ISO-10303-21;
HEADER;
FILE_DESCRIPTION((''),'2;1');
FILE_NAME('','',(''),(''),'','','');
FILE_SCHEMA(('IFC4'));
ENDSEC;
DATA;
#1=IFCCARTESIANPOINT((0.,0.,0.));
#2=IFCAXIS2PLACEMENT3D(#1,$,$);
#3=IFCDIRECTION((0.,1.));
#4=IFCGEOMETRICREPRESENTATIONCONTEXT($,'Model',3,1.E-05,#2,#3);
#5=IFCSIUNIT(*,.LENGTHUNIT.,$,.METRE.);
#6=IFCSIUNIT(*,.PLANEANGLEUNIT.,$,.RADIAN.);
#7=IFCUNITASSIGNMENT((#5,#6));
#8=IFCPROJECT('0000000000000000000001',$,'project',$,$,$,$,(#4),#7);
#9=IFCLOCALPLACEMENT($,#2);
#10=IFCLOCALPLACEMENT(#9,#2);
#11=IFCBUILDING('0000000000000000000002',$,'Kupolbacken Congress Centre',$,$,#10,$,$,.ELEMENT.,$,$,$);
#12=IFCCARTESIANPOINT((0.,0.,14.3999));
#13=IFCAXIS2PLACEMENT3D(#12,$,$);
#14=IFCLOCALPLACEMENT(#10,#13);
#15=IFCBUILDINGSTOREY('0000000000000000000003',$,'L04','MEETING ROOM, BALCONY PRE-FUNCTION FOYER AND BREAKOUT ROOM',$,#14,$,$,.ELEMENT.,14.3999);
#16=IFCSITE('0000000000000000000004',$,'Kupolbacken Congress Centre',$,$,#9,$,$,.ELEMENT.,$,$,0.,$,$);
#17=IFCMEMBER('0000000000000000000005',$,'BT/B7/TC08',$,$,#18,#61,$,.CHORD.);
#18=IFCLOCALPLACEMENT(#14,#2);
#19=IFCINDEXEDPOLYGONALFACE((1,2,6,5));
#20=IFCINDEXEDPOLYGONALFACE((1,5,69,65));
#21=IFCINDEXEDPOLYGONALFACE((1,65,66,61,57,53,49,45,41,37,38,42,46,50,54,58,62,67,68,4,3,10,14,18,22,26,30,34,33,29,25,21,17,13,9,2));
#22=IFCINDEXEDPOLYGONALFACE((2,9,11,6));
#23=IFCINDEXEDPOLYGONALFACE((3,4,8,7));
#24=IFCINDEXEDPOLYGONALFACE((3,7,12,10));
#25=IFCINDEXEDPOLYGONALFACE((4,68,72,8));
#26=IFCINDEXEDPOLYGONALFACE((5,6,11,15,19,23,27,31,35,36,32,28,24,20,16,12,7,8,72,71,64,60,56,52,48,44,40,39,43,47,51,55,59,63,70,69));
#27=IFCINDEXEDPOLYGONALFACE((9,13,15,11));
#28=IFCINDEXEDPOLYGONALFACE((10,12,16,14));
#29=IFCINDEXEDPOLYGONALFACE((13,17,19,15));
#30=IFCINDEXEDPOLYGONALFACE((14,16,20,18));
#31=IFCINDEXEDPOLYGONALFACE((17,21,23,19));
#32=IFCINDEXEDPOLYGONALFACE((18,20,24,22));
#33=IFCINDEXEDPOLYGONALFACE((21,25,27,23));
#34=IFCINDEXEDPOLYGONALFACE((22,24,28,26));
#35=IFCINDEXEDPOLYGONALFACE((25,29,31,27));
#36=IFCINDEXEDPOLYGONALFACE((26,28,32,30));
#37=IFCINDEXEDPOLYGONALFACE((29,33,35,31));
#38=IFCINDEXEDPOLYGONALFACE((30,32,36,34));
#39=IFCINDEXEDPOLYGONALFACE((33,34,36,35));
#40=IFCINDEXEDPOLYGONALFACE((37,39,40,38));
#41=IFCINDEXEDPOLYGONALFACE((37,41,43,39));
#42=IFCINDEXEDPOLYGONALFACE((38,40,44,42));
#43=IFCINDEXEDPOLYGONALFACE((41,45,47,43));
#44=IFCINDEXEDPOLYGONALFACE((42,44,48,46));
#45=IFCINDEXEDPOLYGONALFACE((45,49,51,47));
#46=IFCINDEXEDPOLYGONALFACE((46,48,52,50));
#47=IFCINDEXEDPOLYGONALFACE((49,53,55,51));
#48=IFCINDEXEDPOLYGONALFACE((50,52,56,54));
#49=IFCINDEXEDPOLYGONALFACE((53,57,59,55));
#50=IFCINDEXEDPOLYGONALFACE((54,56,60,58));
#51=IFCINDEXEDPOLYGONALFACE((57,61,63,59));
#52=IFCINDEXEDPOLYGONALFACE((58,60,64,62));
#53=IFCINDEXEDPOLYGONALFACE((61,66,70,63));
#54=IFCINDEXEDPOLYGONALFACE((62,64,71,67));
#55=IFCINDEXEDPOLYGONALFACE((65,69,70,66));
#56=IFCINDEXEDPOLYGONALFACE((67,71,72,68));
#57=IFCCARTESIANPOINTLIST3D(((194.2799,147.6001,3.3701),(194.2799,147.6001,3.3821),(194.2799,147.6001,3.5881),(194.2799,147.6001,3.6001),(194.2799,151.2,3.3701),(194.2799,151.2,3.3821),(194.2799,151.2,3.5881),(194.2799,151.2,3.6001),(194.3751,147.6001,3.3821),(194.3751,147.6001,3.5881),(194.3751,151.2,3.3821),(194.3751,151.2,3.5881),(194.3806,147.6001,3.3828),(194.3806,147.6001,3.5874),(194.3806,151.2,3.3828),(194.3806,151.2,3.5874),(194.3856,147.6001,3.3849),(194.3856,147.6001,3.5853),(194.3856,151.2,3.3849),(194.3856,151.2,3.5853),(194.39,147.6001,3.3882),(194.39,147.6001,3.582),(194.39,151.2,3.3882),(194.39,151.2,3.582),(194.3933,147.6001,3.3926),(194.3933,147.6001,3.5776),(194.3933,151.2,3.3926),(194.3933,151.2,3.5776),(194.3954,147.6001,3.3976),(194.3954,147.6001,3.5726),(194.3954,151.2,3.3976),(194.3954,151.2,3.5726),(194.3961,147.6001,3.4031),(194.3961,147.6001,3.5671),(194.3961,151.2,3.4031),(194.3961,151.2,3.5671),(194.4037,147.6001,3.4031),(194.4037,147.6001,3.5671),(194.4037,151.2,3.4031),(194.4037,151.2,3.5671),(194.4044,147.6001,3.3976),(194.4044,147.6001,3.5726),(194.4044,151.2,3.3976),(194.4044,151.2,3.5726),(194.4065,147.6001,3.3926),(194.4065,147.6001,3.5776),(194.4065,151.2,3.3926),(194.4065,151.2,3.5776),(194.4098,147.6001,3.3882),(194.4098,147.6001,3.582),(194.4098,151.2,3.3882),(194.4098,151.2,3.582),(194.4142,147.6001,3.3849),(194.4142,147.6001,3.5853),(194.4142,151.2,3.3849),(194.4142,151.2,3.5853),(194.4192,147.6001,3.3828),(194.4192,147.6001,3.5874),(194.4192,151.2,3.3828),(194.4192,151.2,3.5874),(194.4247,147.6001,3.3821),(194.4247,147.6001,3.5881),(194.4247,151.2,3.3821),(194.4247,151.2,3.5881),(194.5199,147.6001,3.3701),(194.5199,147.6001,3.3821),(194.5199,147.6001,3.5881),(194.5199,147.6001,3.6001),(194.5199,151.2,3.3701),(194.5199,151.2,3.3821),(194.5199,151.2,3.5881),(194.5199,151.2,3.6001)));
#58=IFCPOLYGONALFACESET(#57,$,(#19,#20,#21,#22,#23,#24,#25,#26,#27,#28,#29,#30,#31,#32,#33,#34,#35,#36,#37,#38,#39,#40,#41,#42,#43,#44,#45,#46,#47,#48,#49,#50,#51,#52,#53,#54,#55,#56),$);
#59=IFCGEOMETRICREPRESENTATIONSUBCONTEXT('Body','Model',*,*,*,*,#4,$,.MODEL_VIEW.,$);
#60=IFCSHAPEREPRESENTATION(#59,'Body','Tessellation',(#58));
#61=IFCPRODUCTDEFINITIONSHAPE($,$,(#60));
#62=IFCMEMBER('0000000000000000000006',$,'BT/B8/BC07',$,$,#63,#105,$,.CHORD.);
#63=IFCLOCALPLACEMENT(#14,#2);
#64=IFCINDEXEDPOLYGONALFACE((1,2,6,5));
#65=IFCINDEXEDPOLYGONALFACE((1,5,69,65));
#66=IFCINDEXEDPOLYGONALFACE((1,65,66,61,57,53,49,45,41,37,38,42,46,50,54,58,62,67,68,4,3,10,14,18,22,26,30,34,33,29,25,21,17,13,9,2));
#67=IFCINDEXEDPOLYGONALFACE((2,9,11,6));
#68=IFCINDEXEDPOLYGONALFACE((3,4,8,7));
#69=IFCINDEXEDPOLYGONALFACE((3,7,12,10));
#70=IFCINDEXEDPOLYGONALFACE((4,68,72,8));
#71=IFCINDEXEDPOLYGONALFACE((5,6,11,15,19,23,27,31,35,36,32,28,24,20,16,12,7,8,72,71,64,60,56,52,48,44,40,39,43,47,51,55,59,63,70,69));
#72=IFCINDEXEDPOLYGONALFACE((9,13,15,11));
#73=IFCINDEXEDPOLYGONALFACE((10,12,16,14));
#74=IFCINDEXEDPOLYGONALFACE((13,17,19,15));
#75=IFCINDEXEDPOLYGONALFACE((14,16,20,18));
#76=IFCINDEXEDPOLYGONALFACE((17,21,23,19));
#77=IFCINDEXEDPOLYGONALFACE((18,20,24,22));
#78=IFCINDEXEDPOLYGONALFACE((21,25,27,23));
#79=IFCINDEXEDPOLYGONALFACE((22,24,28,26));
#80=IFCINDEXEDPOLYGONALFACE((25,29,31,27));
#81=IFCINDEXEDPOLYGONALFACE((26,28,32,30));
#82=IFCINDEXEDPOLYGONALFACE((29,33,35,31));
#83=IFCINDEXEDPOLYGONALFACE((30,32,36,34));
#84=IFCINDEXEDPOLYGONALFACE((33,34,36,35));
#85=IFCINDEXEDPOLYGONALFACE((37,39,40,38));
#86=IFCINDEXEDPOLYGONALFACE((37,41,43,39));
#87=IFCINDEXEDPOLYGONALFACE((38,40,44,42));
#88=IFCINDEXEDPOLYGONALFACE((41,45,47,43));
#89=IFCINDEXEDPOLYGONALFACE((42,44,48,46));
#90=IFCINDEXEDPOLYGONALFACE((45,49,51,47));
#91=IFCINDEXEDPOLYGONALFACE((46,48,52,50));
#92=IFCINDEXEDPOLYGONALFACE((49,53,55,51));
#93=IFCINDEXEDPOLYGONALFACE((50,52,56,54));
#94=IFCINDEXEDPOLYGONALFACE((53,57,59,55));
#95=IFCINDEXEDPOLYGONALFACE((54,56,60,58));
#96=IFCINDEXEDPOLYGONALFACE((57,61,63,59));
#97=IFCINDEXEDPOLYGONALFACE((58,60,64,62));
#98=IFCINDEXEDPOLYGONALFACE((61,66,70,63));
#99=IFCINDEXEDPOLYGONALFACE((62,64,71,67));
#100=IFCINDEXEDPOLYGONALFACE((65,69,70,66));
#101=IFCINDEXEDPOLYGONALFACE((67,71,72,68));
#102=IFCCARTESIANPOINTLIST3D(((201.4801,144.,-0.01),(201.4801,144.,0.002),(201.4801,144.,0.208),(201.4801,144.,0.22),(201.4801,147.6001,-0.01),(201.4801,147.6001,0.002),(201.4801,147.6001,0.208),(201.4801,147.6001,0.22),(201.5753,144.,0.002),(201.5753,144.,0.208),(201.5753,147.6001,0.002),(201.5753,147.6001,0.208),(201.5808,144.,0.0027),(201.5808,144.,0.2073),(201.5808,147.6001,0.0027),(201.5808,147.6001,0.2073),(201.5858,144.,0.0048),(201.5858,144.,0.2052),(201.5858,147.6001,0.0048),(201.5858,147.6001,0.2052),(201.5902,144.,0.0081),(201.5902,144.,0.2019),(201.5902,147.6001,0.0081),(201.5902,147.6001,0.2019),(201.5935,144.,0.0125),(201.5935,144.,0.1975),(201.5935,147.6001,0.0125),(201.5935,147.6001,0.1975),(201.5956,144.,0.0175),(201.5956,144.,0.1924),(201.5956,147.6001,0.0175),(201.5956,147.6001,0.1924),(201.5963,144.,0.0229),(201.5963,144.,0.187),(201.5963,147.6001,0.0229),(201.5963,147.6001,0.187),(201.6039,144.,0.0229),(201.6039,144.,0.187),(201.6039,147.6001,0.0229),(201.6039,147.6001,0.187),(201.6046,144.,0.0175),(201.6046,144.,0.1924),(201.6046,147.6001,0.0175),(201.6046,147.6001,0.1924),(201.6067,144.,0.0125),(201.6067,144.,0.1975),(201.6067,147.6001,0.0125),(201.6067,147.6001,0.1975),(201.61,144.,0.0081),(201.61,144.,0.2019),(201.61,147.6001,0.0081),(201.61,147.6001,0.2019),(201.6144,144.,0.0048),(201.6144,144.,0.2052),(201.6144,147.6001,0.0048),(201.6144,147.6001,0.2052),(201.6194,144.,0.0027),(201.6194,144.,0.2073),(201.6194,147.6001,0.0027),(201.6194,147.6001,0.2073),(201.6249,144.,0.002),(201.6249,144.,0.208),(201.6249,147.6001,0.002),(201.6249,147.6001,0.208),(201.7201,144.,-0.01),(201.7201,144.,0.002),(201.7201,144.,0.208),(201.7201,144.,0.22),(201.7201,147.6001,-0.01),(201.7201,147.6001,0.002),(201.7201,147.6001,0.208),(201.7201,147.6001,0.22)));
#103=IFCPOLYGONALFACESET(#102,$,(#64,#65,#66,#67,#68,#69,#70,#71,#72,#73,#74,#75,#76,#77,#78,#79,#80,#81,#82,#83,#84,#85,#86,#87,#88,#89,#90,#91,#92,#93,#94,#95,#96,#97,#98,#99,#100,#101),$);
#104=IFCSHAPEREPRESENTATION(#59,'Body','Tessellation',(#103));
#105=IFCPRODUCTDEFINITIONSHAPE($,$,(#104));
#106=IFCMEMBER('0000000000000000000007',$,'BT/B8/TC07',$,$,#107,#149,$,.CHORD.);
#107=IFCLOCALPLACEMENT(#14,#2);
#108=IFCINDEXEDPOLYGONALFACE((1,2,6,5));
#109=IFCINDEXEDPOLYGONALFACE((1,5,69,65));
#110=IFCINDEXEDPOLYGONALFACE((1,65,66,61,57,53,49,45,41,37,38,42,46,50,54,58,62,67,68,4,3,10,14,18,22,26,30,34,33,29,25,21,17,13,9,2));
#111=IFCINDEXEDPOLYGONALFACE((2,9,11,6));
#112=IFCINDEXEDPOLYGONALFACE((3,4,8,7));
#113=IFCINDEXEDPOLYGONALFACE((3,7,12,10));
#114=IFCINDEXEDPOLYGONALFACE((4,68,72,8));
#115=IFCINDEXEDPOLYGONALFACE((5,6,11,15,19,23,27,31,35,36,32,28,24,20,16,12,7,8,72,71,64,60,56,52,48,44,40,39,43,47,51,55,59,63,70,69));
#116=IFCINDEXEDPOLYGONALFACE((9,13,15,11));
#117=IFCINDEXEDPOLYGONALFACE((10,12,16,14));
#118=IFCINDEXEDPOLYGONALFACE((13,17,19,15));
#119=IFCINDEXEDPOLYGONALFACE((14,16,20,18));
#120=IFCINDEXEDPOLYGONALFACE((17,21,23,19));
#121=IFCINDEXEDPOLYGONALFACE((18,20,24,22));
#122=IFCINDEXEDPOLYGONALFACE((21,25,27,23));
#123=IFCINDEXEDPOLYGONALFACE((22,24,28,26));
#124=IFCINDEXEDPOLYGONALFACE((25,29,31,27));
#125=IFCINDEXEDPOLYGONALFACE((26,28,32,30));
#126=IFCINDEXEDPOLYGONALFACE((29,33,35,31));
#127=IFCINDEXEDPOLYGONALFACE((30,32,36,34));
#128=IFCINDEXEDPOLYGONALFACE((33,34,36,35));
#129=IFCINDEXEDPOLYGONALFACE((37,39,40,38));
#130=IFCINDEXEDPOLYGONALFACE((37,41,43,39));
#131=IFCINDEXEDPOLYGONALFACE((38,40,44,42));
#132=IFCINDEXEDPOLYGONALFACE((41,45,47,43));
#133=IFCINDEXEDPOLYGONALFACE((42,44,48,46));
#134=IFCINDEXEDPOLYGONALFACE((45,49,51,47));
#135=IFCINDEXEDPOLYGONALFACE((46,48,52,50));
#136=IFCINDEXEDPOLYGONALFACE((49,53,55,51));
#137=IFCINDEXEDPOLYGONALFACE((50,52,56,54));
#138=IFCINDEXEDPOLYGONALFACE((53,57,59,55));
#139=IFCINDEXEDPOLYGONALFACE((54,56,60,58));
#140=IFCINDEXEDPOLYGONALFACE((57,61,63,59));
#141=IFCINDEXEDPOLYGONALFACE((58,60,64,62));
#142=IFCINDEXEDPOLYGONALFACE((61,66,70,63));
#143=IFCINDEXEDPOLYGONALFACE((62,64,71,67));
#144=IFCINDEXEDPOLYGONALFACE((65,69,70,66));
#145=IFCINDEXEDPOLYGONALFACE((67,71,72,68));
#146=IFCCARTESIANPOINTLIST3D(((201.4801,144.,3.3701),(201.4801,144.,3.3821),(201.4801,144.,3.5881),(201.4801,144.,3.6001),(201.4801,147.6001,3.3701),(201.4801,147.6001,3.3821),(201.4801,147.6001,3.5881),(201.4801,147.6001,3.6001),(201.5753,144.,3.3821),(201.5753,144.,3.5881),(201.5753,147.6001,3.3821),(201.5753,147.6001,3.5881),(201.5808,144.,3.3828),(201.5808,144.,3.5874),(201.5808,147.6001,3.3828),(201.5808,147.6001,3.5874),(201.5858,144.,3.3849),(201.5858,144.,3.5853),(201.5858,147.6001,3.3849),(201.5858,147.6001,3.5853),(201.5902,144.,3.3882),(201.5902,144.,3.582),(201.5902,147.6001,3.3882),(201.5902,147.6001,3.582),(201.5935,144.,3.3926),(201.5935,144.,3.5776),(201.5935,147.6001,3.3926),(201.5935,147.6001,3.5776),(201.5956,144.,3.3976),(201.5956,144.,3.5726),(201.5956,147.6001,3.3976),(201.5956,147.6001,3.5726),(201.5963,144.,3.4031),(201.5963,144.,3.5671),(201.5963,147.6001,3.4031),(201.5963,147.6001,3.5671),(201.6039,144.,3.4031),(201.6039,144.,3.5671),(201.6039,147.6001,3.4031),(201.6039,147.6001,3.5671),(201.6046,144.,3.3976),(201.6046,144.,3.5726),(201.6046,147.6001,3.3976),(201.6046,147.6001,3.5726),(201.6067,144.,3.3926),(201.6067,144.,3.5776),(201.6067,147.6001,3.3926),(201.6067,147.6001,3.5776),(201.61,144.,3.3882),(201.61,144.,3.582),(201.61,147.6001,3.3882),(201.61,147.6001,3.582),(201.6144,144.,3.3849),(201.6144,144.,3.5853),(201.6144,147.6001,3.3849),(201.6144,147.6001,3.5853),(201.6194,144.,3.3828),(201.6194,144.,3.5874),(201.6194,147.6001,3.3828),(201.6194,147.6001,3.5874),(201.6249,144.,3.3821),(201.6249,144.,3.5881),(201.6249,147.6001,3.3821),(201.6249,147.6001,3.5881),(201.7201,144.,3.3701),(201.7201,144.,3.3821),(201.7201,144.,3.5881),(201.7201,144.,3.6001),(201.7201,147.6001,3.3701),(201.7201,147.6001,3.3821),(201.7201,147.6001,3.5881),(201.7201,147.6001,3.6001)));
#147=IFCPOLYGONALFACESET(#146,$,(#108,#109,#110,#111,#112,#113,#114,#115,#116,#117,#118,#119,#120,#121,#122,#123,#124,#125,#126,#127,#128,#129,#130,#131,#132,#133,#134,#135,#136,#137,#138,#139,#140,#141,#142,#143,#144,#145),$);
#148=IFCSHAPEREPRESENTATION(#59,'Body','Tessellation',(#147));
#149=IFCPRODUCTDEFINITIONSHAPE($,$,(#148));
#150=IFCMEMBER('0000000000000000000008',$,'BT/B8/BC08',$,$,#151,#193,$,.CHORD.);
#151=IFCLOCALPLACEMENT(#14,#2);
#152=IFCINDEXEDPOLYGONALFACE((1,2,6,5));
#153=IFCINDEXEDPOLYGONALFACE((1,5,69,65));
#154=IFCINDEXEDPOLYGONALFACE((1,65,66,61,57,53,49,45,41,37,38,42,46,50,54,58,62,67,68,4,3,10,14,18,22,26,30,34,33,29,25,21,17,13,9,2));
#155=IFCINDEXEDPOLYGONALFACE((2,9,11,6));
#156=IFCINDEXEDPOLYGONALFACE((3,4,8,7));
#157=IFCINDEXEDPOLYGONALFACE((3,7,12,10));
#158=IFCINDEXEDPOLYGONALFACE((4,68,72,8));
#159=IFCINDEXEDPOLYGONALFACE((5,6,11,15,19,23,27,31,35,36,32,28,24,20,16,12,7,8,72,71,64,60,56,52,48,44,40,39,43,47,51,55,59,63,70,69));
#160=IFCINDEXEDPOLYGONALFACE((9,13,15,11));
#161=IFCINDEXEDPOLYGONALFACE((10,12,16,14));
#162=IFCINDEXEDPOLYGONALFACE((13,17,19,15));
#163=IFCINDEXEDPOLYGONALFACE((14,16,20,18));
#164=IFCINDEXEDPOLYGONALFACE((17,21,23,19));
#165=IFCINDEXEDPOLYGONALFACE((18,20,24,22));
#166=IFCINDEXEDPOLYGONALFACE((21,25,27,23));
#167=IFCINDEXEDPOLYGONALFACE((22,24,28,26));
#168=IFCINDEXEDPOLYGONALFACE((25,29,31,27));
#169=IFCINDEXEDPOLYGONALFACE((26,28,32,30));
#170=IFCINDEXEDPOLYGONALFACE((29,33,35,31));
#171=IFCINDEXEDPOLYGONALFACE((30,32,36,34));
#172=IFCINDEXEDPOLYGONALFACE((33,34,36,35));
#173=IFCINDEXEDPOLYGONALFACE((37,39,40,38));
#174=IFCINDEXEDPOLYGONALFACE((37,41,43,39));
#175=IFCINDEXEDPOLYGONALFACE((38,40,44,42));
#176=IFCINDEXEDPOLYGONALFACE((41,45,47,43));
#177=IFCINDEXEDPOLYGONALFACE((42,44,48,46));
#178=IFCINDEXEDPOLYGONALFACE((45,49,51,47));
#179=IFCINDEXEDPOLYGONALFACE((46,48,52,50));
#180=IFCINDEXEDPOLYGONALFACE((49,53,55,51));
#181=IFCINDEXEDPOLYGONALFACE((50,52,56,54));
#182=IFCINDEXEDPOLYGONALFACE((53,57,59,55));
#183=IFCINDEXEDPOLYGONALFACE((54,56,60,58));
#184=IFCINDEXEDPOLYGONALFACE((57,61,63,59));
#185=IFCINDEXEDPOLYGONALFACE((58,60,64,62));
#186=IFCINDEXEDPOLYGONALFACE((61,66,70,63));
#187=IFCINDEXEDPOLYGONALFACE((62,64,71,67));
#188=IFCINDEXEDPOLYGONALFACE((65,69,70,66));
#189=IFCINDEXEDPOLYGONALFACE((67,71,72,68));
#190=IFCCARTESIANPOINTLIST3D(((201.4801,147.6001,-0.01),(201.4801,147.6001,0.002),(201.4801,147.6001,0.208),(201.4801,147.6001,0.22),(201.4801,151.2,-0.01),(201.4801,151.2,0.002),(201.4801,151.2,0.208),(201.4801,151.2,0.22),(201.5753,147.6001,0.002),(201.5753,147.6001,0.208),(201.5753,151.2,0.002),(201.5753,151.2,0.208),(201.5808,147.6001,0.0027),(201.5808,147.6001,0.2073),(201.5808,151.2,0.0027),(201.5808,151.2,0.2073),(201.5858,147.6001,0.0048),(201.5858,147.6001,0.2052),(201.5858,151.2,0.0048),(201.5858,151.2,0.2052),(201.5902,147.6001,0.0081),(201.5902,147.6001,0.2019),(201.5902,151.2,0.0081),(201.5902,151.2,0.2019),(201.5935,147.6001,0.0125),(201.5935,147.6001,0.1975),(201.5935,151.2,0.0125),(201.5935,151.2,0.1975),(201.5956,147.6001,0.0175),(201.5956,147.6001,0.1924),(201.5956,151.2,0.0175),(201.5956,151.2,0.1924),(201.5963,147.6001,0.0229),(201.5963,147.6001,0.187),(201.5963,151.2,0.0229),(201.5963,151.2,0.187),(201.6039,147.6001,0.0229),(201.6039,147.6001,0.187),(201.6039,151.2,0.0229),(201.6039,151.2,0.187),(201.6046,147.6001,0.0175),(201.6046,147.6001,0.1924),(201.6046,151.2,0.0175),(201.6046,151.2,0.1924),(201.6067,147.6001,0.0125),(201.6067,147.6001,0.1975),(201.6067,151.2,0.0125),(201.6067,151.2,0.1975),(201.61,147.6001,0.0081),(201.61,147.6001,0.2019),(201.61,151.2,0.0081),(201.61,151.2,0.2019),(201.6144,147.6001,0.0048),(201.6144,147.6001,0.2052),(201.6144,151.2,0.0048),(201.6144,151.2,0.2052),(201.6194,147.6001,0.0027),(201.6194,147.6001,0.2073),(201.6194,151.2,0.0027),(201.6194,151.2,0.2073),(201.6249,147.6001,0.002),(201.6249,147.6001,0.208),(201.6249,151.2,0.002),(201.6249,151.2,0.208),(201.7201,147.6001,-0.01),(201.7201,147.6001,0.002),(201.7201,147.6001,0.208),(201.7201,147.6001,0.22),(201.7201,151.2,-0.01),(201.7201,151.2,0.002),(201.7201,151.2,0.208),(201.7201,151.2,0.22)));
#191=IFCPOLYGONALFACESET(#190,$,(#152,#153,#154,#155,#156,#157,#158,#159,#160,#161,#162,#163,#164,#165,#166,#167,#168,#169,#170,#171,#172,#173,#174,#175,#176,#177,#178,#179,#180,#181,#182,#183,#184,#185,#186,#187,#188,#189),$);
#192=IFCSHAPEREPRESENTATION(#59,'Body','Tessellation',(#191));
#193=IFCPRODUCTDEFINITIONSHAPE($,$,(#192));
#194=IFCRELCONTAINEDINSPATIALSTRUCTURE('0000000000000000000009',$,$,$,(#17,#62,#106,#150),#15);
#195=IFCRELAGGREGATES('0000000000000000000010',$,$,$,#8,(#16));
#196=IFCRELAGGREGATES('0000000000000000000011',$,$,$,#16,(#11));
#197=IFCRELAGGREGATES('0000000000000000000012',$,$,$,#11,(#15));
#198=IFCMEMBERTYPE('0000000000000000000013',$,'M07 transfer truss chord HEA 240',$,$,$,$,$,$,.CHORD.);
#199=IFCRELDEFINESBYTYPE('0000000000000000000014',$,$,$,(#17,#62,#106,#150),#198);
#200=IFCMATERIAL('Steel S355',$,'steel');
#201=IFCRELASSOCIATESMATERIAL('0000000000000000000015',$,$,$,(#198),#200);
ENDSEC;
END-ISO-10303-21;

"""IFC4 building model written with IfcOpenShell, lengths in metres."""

from ifc_helpers import new_model, si_unit, direction, frame, origin, origin_2d, place, context, subcontext, project, spatial, i_section, extrude, material, material_profile, profile_set, type_object, element, save


model = new_model("IFC4")

# Units and contexts
model_context = context("Model", 3, precision=1e-05, world=origin(), true_north=direction((0.0, 1.0)))
body_context = subcontext(model_context, "Body", "Model", "MODEL_VIEW")
ifc_project = project(units=[si_unit("LENGTHUNIT", "METRE"), si_unit("PLANEANGLEUNIT", "RADIAN")], contexts=[model_context])

# Site, building, storey
site_placement = place(None, origin())
site = spatial("IfcSite", under=ifc_project, at=site_placement, Name="Kupolbacken Congress Centre", CompositionType="ELEMENT", RefElevation=0.0)
building_placement = place(site_placement, origin())
building = spatial("IfcBuilding", under=site, at=building_placement, Name="Kupolbacken Congress Centre", CompositionType="ELEMENT")
storey_placement = place(building_placement, frame((0.0, 0.0, 14.3999)))
storey = spatial("IfcBuildingStorey", under=building, at=storey_placement, Name="L04", Description="MEETING ROOM, BALCONY PRE-FUNCTION FOYER AND BREAKOUT ROOM", CompositionType="ELEMENT", Elevation=14.3999)

# Members
ifc_material_1 = material(Name="Steel S355", Category="steel")
ifc_material_profile_1 = material_profile(ifc_material_1, i_section(OverallWidth=0.24, OverallDepth=0.23, WebThickness=0.0076, FlangeThickness=0.012, FilletRadius=0.021, at=origin_2d()), Name="HEA 240")
ifc_profile_set_1 = profile_set([ifc_material_profile_1], Name="Steel S355")
member_type_1 = type_object("IfcMemberType", Name="M07 transfer truss chord HEA 240", PredefinedType="CHORD", material=ifc_profile_set_1)
for number, where, z_axis, x_axis, name in (
    (1, (194.3999, 147.6001, 3.4851), (0.0, 1.0, 0.0), (-1.0, 0.0, 0.0), "BT/B7/TC08"),
):
    element("IfcMember", number, at=place(storey_placement, frame(where, z_axis=z_axis, x_axis=x_axis)), inside=storey, type_object=member_type_1, Name=name, PredefinedType="CHORD", context=body_context, shape_type="SweptSolid", body=[
        extrude(i_section(OverallWidth=0.24, OverallDepth=0.23, WebThickness=0.0076, FlangeThickness=0.012, FilletRadius=0.021, at=origin_2d()), origin(), (0.0, 0.0, 1.0), 3.5999),
    ])
for number, where, z_axis, x_axis, name in (
    (2, (201.6001, 144.0, 0.105), (0.0, 1.0, 0.0), (-1.0, 0.0, 0.0), "BT/B8/BC07"),
    (3, (201.6001, 144.0, 3.4851), (0.0, 1.0, 0.0), (-1.0, 0.0, 0.0), "BT/B8/TC07"),
):
    element("IfcMember", number, at=place(storey_placement, frame(where, z_axis=z_axis, x_axis=x_axis)), inside=storey, type_object=member_type_1, Name=name, PredefinedType="CHORD", context=body_context, shape_type="SweptSolid", body=[
        extrude(i_section(OverallWidth=0.24, OverallDepth=0.23, WebThickness=0.0076, FlangeThickness=0.012, FilletRadius=0.021, at=origin_2d()), origin(), (0.0, 0.0, 1.0), 3.6001),
    ])
for number, where, z_axis, x_axis, name in (
    (4, (201.6001, 147.6001, 0.105), (0.0, 1.0, 0.0), (-1.0, 0.0, 0.0), "BT/B8/BC08"),
):
    element("IfcMember", number, at=place(storey_placement, frame(where, z_axis=z_axis, x_axis=x_axis)), inside=storey, type_object=member_type_1, Name=name, PredefinedType="CHORD", context=body_context, shape_type="SweptSolid", body=[
        extrude(i_section(OverallWidth=0.24, OverallDepth=0.23, WebThickness=0.0076, FlangeThickness=0.012, FilletRadius=0.021, at=origin_2d()), origin(), (0.0, 0.0, 1.0), 3.5999),
    ])

save(model, "model.ifc")
